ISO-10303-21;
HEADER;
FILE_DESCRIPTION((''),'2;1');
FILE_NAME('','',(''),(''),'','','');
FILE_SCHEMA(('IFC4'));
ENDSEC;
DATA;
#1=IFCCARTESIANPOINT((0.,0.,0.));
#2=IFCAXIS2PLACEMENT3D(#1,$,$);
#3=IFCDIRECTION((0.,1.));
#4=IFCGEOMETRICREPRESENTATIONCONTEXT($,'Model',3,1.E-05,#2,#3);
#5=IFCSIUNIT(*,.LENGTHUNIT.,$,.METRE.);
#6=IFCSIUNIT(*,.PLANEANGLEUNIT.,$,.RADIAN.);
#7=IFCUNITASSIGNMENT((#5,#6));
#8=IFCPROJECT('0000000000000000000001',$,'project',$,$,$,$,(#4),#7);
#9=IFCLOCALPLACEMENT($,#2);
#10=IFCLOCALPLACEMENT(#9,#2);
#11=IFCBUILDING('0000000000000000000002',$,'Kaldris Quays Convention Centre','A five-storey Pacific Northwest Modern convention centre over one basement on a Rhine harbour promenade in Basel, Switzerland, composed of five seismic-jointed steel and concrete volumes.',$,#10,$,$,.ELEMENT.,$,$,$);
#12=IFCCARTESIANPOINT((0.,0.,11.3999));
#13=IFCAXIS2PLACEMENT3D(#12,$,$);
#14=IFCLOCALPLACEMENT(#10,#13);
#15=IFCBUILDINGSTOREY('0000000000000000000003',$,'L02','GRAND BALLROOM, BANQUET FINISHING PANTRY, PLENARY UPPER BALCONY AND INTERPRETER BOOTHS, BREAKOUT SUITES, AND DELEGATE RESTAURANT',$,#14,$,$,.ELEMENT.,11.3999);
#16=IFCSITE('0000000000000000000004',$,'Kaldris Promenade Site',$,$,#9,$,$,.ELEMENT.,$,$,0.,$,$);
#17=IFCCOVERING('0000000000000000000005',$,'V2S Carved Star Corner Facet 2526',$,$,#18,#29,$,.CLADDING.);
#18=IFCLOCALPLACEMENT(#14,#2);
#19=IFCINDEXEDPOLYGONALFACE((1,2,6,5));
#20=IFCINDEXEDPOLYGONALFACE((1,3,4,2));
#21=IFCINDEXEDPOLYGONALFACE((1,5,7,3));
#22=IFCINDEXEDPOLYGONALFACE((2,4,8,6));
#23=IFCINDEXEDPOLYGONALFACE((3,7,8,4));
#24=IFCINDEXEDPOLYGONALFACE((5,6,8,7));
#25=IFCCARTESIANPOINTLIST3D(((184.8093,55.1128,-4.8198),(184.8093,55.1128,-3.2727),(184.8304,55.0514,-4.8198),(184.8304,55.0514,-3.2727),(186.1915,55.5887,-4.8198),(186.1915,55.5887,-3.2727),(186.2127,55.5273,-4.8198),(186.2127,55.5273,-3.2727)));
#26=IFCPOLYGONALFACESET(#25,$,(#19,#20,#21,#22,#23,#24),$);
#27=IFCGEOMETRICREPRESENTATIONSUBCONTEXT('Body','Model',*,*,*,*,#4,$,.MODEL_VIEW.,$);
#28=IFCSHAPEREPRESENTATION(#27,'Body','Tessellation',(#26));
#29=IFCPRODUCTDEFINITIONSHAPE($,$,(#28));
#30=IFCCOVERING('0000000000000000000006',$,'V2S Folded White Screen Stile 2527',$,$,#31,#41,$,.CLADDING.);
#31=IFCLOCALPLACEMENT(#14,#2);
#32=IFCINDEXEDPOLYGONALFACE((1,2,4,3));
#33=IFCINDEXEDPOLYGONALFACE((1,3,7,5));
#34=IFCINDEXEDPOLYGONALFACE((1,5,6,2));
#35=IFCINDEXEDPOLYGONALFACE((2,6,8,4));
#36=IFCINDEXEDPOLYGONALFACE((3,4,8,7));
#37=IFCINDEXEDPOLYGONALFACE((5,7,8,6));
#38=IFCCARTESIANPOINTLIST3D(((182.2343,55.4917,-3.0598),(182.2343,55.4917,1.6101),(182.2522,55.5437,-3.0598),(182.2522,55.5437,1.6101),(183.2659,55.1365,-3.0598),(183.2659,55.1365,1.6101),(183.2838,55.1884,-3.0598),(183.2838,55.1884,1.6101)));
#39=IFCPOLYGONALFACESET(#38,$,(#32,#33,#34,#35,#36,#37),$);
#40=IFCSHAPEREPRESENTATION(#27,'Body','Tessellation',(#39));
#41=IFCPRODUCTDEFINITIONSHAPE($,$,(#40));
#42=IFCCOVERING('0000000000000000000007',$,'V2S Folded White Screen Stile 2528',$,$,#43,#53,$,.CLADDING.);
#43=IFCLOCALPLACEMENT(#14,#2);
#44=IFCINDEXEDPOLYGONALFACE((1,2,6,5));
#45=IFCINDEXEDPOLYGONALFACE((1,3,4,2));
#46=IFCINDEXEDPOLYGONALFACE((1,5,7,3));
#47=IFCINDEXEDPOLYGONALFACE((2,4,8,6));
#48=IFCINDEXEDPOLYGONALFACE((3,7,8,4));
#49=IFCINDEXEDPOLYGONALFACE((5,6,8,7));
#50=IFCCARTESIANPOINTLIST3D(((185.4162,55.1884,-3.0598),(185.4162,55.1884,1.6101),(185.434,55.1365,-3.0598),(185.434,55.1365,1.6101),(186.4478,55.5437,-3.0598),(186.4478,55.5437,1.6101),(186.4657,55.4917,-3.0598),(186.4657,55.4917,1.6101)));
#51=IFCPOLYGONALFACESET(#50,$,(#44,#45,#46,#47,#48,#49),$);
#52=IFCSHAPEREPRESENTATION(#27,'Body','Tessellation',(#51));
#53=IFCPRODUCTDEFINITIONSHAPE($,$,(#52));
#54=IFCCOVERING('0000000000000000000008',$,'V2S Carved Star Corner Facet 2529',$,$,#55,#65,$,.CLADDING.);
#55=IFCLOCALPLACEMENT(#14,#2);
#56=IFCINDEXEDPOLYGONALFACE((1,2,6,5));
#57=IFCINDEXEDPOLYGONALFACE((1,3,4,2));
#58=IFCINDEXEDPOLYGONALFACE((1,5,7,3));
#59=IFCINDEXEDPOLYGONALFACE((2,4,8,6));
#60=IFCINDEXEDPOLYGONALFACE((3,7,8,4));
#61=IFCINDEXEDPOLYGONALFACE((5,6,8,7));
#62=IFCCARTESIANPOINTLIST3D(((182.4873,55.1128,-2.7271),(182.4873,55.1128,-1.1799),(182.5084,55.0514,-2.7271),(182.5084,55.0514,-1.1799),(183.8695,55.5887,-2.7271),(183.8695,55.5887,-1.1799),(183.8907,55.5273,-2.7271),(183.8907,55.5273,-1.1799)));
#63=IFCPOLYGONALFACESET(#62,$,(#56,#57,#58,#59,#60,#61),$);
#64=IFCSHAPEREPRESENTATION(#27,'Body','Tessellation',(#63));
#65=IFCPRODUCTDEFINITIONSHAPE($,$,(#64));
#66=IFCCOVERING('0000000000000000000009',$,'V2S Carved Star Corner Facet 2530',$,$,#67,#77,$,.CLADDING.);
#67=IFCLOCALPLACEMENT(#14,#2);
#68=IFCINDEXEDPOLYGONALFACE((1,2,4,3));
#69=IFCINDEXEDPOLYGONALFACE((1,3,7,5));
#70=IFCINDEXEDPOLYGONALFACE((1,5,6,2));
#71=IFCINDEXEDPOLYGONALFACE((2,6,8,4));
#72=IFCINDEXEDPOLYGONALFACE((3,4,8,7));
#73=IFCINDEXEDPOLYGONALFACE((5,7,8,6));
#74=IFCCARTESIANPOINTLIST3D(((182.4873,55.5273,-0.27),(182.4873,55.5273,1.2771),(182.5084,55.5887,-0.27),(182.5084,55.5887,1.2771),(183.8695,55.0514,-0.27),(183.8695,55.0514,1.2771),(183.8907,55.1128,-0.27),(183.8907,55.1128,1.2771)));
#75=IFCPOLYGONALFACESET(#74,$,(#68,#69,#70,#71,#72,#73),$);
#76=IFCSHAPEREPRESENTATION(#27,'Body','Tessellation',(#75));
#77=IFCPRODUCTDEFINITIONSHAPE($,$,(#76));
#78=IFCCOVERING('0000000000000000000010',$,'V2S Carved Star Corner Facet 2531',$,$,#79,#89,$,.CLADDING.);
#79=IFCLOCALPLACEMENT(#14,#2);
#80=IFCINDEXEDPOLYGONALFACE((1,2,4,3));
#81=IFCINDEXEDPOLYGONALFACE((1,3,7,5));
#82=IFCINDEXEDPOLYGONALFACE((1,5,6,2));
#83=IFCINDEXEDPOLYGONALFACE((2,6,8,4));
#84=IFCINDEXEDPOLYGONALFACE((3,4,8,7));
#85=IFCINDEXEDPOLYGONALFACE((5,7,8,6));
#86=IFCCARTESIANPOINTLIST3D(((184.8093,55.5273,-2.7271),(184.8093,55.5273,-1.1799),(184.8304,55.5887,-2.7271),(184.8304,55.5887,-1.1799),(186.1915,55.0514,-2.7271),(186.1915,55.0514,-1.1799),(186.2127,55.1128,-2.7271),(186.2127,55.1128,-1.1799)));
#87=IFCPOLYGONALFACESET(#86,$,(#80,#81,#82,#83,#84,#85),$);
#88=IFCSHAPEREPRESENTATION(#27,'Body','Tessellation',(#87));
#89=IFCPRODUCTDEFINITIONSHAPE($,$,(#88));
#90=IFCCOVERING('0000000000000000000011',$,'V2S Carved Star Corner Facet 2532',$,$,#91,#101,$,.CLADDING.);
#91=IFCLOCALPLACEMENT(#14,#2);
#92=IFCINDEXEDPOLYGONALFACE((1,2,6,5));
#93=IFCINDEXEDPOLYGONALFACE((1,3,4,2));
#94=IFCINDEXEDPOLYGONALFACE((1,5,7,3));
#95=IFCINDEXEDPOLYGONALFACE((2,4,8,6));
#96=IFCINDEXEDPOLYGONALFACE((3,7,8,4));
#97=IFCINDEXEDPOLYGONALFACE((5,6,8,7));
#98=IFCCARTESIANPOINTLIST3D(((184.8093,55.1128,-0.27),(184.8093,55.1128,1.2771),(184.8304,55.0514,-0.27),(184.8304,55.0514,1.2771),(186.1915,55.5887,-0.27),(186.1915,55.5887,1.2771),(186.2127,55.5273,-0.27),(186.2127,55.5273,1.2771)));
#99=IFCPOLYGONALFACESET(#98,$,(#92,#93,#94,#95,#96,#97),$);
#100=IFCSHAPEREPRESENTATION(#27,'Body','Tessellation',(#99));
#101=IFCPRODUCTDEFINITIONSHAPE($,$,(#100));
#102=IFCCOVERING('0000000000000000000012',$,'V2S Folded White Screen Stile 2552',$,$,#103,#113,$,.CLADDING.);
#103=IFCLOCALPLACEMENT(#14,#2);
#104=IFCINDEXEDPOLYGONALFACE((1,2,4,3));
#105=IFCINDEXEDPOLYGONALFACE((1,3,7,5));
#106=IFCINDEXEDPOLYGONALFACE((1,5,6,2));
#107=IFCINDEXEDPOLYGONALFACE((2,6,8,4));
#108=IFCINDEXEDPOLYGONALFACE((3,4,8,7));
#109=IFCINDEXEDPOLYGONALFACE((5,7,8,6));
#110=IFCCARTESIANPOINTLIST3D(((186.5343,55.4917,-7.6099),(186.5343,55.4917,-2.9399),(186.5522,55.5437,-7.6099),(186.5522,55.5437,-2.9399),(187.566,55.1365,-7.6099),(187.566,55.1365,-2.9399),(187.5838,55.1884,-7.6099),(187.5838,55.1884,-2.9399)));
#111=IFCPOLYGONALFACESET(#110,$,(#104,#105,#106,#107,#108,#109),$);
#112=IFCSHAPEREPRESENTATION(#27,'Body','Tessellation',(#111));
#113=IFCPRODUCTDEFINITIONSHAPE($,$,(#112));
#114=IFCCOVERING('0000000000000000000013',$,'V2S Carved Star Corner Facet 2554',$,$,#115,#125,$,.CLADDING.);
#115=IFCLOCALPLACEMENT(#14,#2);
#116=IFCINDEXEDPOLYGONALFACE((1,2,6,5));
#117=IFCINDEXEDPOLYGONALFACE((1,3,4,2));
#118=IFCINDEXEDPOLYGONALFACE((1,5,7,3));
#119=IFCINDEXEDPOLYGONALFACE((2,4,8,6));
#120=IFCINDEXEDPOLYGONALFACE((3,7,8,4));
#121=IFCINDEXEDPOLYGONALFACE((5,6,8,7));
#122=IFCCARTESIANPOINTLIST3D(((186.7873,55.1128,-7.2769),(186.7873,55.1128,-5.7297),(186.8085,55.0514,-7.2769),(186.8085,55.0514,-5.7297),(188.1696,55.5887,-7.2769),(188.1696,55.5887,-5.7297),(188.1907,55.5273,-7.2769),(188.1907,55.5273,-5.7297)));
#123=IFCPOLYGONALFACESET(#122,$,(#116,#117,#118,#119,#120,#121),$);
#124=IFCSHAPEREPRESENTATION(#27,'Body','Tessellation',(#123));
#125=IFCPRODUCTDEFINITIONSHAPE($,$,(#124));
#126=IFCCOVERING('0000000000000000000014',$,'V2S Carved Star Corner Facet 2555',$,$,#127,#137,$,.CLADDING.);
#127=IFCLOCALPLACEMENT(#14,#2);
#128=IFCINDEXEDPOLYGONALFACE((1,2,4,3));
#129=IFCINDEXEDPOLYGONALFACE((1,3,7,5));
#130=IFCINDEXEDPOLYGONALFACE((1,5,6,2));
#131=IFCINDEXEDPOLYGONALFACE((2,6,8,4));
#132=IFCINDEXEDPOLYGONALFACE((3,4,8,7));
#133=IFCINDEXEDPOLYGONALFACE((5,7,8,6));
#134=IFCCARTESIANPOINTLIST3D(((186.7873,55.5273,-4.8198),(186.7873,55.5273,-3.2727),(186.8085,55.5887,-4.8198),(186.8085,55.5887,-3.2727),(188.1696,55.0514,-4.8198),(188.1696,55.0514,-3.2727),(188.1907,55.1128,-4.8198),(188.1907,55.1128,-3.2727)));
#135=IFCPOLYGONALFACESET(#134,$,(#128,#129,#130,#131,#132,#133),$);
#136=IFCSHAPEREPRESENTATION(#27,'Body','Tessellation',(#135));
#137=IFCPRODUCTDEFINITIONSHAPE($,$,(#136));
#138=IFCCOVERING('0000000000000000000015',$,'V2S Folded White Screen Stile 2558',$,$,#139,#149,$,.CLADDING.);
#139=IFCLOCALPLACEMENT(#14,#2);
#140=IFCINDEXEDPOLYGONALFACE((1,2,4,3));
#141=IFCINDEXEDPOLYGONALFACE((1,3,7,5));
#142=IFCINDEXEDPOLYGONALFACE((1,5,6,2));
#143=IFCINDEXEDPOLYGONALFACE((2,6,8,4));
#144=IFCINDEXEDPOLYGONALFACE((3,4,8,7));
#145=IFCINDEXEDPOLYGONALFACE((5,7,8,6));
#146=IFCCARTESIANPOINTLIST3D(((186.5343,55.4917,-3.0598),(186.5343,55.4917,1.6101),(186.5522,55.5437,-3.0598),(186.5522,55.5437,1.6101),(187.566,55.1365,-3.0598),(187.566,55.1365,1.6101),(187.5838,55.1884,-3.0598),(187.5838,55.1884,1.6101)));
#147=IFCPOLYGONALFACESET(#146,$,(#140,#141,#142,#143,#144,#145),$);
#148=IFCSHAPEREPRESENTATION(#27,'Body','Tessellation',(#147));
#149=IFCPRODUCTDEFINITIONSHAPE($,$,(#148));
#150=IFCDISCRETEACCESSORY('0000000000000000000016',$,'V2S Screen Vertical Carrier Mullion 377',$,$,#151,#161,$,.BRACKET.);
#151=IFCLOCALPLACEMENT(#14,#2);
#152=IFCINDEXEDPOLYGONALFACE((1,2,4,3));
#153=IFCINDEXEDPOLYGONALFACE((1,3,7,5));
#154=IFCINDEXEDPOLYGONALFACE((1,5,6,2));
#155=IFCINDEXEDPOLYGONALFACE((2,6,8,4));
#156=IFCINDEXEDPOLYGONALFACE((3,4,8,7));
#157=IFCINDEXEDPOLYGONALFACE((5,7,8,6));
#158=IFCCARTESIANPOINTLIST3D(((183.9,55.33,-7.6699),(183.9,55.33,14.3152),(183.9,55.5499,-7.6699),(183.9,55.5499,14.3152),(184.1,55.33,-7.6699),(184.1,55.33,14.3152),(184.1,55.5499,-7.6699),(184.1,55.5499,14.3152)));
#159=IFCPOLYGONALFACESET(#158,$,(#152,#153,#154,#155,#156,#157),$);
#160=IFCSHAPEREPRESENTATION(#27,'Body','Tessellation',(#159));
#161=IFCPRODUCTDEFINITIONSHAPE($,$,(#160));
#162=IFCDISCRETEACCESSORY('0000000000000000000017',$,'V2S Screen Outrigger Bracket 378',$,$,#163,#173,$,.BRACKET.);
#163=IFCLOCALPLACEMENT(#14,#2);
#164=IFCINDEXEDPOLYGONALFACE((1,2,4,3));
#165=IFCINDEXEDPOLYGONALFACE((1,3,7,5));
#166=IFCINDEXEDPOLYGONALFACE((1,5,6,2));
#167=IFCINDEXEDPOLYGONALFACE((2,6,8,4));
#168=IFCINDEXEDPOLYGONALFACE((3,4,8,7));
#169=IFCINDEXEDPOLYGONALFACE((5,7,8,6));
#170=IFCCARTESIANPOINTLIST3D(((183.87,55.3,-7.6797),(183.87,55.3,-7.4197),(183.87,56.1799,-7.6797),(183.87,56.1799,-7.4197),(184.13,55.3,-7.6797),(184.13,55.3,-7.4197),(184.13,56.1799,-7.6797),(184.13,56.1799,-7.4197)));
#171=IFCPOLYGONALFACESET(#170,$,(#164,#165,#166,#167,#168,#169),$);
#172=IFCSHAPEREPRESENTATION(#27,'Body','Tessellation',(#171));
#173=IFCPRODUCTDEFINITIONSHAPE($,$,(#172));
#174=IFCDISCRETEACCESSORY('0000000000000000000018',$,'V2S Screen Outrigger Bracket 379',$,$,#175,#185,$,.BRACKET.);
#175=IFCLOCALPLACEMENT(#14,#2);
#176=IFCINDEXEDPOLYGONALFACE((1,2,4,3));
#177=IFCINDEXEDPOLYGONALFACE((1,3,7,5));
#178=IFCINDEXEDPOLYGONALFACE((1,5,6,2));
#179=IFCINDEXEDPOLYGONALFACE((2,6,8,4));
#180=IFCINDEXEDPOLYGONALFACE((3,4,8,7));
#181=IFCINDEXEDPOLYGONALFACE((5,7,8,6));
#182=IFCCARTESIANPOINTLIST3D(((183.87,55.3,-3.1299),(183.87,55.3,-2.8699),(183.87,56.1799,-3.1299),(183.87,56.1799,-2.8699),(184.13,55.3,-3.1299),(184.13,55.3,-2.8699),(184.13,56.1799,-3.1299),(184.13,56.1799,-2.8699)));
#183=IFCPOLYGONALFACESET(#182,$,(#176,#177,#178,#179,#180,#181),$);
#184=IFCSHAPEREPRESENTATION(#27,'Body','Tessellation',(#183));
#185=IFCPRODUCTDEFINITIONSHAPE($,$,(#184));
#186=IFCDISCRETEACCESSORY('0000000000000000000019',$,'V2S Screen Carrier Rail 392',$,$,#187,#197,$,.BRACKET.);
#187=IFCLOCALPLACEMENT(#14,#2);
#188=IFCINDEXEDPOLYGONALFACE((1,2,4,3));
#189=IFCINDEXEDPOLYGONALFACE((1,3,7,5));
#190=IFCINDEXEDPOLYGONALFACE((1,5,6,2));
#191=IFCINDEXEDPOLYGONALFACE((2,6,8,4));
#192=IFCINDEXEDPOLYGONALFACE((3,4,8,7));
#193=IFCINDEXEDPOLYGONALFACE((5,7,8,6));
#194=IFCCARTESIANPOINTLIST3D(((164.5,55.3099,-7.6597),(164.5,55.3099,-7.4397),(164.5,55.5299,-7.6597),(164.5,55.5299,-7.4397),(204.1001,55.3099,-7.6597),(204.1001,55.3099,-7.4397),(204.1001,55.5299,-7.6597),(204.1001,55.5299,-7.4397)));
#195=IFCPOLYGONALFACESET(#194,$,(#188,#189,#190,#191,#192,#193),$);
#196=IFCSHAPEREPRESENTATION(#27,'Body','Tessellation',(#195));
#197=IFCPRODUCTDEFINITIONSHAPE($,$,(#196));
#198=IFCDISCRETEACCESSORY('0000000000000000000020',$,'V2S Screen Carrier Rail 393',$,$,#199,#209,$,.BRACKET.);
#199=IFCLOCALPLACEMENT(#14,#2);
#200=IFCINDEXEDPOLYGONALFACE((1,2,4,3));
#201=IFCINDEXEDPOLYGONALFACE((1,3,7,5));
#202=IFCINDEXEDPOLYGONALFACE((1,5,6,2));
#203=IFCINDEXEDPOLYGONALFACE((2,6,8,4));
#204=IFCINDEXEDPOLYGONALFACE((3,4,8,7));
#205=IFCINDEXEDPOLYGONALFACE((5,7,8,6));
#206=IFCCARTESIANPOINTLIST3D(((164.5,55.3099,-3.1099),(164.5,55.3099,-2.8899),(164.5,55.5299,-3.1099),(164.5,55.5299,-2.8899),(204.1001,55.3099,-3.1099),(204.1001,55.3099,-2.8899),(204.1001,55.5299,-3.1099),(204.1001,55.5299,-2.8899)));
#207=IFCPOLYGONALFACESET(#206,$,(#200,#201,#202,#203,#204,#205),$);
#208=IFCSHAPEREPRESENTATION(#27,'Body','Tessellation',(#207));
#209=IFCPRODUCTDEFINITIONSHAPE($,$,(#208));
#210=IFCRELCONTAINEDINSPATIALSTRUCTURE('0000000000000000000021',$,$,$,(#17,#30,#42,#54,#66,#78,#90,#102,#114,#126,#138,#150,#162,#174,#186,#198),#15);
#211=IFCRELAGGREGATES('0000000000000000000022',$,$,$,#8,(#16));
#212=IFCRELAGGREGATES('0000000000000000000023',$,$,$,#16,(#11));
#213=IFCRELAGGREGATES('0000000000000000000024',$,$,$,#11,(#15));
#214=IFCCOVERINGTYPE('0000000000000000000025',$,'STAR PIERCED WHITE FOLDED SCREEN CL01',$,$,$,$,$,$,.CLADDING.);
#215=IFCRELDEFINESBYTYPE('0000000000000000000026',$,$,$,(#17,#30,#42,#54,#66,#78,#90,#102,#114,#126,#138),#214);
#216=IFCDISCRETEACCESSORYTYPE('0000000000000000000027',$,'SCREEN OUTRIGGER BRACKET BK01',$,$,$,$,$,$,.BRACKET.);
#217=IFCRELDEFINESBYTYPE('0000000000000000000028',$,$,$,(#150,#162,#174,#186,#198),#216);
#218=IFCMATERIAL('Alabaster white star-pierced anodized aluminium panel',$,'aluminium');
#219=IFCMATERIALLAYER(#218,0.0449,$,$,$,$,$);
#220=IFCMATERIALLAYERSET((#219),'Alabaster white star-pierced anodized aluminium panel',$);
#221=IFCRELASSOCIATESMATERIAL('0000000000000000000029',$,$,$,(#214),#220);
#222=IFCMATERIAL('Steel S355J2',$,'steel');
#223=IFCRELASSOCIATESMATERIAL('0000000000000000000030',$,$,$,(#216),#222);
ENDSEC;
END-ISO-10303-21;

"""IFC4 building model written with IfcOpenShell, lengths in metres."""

from ifc_helpers import new_model, si_unit, direction, frame, origin, origin_2d, place, context, subcontext, project, spatial, rectangle, extrude, material, layer, layer_set, type_object, element, save


model = new_model("IFC4")

# Units and contexts
model_context = context("Model", 3, precision=1e-05, world=origin(), true_north=direction((0.0, 1.0)))
body_context = subcontext(model_context, "Body", "Model", "MODEL_VIEW")
ifc_project = project(units=[si_unit("LENGTHUNIT", "METRE"), si_unit("PLANEANGLEUNIT", "RADIAN")], contexts=[model_context])

# Site, building, storey
site_placement = place(None, origin())
site = spatial("IfcSite", under=ifc_project, at=site_placement, Name="Kaldris Promenade Site", CompositionType="ELEMENT", RefElevation=0.0)
building_placement = place(site_placement, origin())
building = spatial("IfcBuilding", under=site, at=building_placement, Name="Kaldris Quays Convention Centre", Description="A five-storey Pacific Northwest Modern convention centre over one basement on a Rhine harbour promenade in Basel, Switzerland, composed of five seismic-jointed steel and concrete volumes.", CompositionType="ELEMENT")
storey_placement = place(building_placement, frame((0.0, 0.0, 11.3999)))
storey = spatial("IfcBuildingStorey", under=building, at=storey_placement, Name="L02", Description="GRAND BALLROOM, BANQUET FINISHING PANTRY, PLENARY UPPER BALCONY AND INTERPRETER BOOTHS, BREAKOUT SUITES, AND DELEGATE RESTAURANT", CompositionType="ELEMENT", Elevation=11.3999)

# Coverings
ifc_material_1 = material(Name="Alabaster white star-pierced anodized aluminium panel", Category="aluminium")
ifc_layer = layer(ifc_material_1, 0.0449)
ifc_layer_set = layer_set([ifc_layer], Name="Alabaster white star-pierced anodized aluminium panel")
covering_type = type_object("IfcCoveringType", Name="STAR PIERCED WHITE FOLDED SCREEN CL01", PredefinedType="CLADDING", material=ifc_layer_set)
for number, where, z_axis, x_axis, name in (
    (1, (185.511, 55.3201, -4.8198), (0.0, 0.0, 1.0), (0.945519, 0.325568, 0.0), "V2S Carved Star Corner Facet 2526"),
):
    element("IfcCovering", number, at=place(storey_placement, frame(where, z_axis=z_axis, x_axis=x_axis)), inside=storey, type_object=covering_type, Name=name, PredefinedType="CLADDING", context=body_context, shape_type="SweptSolid", body=[
        extrude(rectangle(XDim=1.4619, YDim=0.0649, at=origin_2d()), origin(), (0.0, 0.0, 1.0), 1.5471),
    ])
for number, where, z_axis, x_axis, name in (
    (2, (182.759, 55.3401, -3.0598), (0.0, 0.0, 1.0), (0.945519, -0.325568, 0.0), "V2S Folded White Screen Stile 2527"),
    (3, (185.9409, 55.3401, -3.0598), (0.0, 0.0, 1.0), (0.945519, 0.325568, 0.0), "V2S Folded White Screen Stile 2528"),
):
    element("IfcCovering", number, at=place(storey_placement, frame(where, z_axis=z_axis, x_axis=x_axis)), inside=storey, type_object=covering_type, Name=name, PredefinedType="CLADDING", context=body_context, shape_type="SweptSolid", body=[
        extrude(rectangle(XDim=1.0911, YDim=0.0549, at=origin_2d()), origin(), (0.0, 0.0, 1.0), 4.6699),
    ])
for number, where, z_axis, x_axis, name in (
    (4, (183.189, 55.3201, -2.7271), (0.0, 0.0, 1.0), (0.945519, 0.325568, 0.0), "V2S Carved Star Corner Facet 2529"),
    (5, (183.189, 55.3201, -0.27), (0.0, 0.0, 1.0), (0.945519, -0.325568, 0.0), "V2S Carved Star Corner Facet 2530"),
    (6, (185.511, 55.3201, -2.7271), (0.0, 0.0, 1.0), (0.945519, -0.325568, 0.0), "V2S Carved Star Corner Facet 2531"),
    (7, (185.511, 55.3201, -0.27), (0.0, 0.0, 1.0), (0.945519, 0.325568, 0.0), "V2S Carved Star Corner Facet 2532"),
):
    element("IfcCovering", number, at=place(storey_placement, frame(where, z_axis=z_axis, x_axis=x_axis)), inside=storey, type_object=covering_type, Name=name, PredefinedType="CLADDING", context=body_context, shape_type="SweptSolid", body=[
        extrude(rectangle(XDim=1.4619, YDim=0.0649, at=origin_2d()), origin(), (0.0, 0.0, 1.0), 1.5471),
    ])
covering_1_placement = place(storey_placement, frame((187.0591, 55.3401, -7.6099), z_axis=(0.0, 0.0, 1.0), x_axis=(0.945519, -0.325568, 0.0)))
element("IfcCovering", 8, at=covering_1_placement, inside=storey, type_object=covering_type, Name="V2S Folded White Screen Stile 2552", PredefinedType="CLADDING", context=body_context, shape_type="SweptSolid", body=[
    extrude(rectangle(XDim=1.0911, YDim=0.0549, at=origin_2d()), origin(), (0.0, 0.0, 1.0), 4.6699),
])
for number, where, z_axis, x_axis, name in (
    (9, (187.489, 55.3201, -7.2769), (0.0, 0.0, 1.0), (0.945519, 0.325568, 0.0), "V2S Carved Star Corner Facet 2554"),
    (10, (187.489, 55.3201, -4.8198), (0.0, 0.0, 1.0), (0.945519, -0.325568, 0.0), "V2S Carved Star Corner Facet 2555"),
):
    element("IfcCovering", number, at=place(storey_placement, frame(where, z_axis=z_axis, x_axis=x_axis)), inside=storey, type_object=covering_type, Name=name, PredefinedType="CLADDING", context=body_context, shape_type="SweptSolid", body=[
        extrude(rectangle(XDim=1.4619, YDim=0.0649, at=origin_2d()), origin(), (0.0, 0.0, 1.0), 1.5471),
    ])
covering_2_placement = place(storey_placement, frame((187.0591, 55.3401, -3.0598), z_axis=(0.0, 0.0, 1.0), x_axis=(0.945519, -0.325568, 0.0)))
element("IfcCovering", 11, at=covering_2_placement, inside=storey, type_object=covering_type, Name="V2S Folded White Screen Stile 2558", PredefinedType="CLADDING", context=body_context, shape_type="SweptSolid", body=[
    extrude(rectangle(XDim=1.0911, YDim=0.0549, at=origin_2d()), origin(), (0.0, 0.0, 1.0), 4.6699),
])

# Discrete accessories
ifc_material_2 = material(Name="Steel S355J2", Category="steel")
discrete_accessory_type = type_object("IfcDiscreteAccessoryType", Name="SCREEN OUTRIGGER BRACKET BK01", PredefinedType="BRACKET", material=ifc_material_2)
discrete_accessory_placement = place(storey_placement, frame((184.0, 55.4399, -7.6699), z_axis=(0.0, 0.0, 1.0), x_axis=(1.0, 0.0, 0.0)))
element("IfcDiscreteAccessory", 12, at=discrete_accessory_placement, inside=storey, type_object=discrete_accessory_type, Name="V2S Screen Vertical Carrier Mullion 377", PredefinedType="BRACKET", context=body_context, shape_type="SweptSolid", body=[
    extrude(rectangle(XDim=0.2, YDim=0.22, at=origin_2d()), origin(), (0.0, 0.0, 1.0), 21.9851),
])
for number, where, z_axis, x_axis, name in (
    (13, (184.0, 55.74, -7.6797), (0.0, 0.0, 1.0), (1.0, 0.0, 0.0), "V2S Screen Outrigger Bracket 378"),
    (14, (184.0, 55.74, -3.1299), (0.0, 0.0, 1.0), (1.0, 0.0, 0.0), "V2S Screen Outrigger Bracket 379"),
):
    element("IfcDiscreteAccessory", number, at=place(storey_placement, frame(where, z_axis=z_axis, x_axis=x_axis)), inside=storey, type_object=discrete_accessory_type, Name=name, PredefinedType="BRACKET", context=body_context, shape_type="SweptSolid", body=[
        extrude(rectangle(XDim=0.26, YDim=0.8799, at=origin_2d()), origin(), (0.0, 0.0, 1.0), 0.26),
    ])
for number, where, z_axis, x_axis, name in (
    (15, (184.3, 55.4199, -7.6597), (0.0, 0.0, 1.0), (1.0, 0.0, 0.0), "V2S Screen Carrier Rail 392"),
    (16, (184.3, 55.4199, -3.1099), (0.0, 0.0, 1.0), (1.0, 0.0, 0.0), "V2S Screen Carrier Rail 393"),
):
    element("IfcDiscreteAccessory", number, at=place(storey_placement, frame(where, z_axis=z_axis, x_axis=x_axis)), inside=storey, type_object=discrete_accessory_type, Name=name, PredefinedType="BRACKET", context=body_context, shape_type="SweptSolid", body=[
        extrude(rectangle(XDim=39.6001, YDim=0.22, at=origin_2d()), origin(), (0.0, 0.0, 1.0), 0.22),
    ])

save(model, "model.ifc")
